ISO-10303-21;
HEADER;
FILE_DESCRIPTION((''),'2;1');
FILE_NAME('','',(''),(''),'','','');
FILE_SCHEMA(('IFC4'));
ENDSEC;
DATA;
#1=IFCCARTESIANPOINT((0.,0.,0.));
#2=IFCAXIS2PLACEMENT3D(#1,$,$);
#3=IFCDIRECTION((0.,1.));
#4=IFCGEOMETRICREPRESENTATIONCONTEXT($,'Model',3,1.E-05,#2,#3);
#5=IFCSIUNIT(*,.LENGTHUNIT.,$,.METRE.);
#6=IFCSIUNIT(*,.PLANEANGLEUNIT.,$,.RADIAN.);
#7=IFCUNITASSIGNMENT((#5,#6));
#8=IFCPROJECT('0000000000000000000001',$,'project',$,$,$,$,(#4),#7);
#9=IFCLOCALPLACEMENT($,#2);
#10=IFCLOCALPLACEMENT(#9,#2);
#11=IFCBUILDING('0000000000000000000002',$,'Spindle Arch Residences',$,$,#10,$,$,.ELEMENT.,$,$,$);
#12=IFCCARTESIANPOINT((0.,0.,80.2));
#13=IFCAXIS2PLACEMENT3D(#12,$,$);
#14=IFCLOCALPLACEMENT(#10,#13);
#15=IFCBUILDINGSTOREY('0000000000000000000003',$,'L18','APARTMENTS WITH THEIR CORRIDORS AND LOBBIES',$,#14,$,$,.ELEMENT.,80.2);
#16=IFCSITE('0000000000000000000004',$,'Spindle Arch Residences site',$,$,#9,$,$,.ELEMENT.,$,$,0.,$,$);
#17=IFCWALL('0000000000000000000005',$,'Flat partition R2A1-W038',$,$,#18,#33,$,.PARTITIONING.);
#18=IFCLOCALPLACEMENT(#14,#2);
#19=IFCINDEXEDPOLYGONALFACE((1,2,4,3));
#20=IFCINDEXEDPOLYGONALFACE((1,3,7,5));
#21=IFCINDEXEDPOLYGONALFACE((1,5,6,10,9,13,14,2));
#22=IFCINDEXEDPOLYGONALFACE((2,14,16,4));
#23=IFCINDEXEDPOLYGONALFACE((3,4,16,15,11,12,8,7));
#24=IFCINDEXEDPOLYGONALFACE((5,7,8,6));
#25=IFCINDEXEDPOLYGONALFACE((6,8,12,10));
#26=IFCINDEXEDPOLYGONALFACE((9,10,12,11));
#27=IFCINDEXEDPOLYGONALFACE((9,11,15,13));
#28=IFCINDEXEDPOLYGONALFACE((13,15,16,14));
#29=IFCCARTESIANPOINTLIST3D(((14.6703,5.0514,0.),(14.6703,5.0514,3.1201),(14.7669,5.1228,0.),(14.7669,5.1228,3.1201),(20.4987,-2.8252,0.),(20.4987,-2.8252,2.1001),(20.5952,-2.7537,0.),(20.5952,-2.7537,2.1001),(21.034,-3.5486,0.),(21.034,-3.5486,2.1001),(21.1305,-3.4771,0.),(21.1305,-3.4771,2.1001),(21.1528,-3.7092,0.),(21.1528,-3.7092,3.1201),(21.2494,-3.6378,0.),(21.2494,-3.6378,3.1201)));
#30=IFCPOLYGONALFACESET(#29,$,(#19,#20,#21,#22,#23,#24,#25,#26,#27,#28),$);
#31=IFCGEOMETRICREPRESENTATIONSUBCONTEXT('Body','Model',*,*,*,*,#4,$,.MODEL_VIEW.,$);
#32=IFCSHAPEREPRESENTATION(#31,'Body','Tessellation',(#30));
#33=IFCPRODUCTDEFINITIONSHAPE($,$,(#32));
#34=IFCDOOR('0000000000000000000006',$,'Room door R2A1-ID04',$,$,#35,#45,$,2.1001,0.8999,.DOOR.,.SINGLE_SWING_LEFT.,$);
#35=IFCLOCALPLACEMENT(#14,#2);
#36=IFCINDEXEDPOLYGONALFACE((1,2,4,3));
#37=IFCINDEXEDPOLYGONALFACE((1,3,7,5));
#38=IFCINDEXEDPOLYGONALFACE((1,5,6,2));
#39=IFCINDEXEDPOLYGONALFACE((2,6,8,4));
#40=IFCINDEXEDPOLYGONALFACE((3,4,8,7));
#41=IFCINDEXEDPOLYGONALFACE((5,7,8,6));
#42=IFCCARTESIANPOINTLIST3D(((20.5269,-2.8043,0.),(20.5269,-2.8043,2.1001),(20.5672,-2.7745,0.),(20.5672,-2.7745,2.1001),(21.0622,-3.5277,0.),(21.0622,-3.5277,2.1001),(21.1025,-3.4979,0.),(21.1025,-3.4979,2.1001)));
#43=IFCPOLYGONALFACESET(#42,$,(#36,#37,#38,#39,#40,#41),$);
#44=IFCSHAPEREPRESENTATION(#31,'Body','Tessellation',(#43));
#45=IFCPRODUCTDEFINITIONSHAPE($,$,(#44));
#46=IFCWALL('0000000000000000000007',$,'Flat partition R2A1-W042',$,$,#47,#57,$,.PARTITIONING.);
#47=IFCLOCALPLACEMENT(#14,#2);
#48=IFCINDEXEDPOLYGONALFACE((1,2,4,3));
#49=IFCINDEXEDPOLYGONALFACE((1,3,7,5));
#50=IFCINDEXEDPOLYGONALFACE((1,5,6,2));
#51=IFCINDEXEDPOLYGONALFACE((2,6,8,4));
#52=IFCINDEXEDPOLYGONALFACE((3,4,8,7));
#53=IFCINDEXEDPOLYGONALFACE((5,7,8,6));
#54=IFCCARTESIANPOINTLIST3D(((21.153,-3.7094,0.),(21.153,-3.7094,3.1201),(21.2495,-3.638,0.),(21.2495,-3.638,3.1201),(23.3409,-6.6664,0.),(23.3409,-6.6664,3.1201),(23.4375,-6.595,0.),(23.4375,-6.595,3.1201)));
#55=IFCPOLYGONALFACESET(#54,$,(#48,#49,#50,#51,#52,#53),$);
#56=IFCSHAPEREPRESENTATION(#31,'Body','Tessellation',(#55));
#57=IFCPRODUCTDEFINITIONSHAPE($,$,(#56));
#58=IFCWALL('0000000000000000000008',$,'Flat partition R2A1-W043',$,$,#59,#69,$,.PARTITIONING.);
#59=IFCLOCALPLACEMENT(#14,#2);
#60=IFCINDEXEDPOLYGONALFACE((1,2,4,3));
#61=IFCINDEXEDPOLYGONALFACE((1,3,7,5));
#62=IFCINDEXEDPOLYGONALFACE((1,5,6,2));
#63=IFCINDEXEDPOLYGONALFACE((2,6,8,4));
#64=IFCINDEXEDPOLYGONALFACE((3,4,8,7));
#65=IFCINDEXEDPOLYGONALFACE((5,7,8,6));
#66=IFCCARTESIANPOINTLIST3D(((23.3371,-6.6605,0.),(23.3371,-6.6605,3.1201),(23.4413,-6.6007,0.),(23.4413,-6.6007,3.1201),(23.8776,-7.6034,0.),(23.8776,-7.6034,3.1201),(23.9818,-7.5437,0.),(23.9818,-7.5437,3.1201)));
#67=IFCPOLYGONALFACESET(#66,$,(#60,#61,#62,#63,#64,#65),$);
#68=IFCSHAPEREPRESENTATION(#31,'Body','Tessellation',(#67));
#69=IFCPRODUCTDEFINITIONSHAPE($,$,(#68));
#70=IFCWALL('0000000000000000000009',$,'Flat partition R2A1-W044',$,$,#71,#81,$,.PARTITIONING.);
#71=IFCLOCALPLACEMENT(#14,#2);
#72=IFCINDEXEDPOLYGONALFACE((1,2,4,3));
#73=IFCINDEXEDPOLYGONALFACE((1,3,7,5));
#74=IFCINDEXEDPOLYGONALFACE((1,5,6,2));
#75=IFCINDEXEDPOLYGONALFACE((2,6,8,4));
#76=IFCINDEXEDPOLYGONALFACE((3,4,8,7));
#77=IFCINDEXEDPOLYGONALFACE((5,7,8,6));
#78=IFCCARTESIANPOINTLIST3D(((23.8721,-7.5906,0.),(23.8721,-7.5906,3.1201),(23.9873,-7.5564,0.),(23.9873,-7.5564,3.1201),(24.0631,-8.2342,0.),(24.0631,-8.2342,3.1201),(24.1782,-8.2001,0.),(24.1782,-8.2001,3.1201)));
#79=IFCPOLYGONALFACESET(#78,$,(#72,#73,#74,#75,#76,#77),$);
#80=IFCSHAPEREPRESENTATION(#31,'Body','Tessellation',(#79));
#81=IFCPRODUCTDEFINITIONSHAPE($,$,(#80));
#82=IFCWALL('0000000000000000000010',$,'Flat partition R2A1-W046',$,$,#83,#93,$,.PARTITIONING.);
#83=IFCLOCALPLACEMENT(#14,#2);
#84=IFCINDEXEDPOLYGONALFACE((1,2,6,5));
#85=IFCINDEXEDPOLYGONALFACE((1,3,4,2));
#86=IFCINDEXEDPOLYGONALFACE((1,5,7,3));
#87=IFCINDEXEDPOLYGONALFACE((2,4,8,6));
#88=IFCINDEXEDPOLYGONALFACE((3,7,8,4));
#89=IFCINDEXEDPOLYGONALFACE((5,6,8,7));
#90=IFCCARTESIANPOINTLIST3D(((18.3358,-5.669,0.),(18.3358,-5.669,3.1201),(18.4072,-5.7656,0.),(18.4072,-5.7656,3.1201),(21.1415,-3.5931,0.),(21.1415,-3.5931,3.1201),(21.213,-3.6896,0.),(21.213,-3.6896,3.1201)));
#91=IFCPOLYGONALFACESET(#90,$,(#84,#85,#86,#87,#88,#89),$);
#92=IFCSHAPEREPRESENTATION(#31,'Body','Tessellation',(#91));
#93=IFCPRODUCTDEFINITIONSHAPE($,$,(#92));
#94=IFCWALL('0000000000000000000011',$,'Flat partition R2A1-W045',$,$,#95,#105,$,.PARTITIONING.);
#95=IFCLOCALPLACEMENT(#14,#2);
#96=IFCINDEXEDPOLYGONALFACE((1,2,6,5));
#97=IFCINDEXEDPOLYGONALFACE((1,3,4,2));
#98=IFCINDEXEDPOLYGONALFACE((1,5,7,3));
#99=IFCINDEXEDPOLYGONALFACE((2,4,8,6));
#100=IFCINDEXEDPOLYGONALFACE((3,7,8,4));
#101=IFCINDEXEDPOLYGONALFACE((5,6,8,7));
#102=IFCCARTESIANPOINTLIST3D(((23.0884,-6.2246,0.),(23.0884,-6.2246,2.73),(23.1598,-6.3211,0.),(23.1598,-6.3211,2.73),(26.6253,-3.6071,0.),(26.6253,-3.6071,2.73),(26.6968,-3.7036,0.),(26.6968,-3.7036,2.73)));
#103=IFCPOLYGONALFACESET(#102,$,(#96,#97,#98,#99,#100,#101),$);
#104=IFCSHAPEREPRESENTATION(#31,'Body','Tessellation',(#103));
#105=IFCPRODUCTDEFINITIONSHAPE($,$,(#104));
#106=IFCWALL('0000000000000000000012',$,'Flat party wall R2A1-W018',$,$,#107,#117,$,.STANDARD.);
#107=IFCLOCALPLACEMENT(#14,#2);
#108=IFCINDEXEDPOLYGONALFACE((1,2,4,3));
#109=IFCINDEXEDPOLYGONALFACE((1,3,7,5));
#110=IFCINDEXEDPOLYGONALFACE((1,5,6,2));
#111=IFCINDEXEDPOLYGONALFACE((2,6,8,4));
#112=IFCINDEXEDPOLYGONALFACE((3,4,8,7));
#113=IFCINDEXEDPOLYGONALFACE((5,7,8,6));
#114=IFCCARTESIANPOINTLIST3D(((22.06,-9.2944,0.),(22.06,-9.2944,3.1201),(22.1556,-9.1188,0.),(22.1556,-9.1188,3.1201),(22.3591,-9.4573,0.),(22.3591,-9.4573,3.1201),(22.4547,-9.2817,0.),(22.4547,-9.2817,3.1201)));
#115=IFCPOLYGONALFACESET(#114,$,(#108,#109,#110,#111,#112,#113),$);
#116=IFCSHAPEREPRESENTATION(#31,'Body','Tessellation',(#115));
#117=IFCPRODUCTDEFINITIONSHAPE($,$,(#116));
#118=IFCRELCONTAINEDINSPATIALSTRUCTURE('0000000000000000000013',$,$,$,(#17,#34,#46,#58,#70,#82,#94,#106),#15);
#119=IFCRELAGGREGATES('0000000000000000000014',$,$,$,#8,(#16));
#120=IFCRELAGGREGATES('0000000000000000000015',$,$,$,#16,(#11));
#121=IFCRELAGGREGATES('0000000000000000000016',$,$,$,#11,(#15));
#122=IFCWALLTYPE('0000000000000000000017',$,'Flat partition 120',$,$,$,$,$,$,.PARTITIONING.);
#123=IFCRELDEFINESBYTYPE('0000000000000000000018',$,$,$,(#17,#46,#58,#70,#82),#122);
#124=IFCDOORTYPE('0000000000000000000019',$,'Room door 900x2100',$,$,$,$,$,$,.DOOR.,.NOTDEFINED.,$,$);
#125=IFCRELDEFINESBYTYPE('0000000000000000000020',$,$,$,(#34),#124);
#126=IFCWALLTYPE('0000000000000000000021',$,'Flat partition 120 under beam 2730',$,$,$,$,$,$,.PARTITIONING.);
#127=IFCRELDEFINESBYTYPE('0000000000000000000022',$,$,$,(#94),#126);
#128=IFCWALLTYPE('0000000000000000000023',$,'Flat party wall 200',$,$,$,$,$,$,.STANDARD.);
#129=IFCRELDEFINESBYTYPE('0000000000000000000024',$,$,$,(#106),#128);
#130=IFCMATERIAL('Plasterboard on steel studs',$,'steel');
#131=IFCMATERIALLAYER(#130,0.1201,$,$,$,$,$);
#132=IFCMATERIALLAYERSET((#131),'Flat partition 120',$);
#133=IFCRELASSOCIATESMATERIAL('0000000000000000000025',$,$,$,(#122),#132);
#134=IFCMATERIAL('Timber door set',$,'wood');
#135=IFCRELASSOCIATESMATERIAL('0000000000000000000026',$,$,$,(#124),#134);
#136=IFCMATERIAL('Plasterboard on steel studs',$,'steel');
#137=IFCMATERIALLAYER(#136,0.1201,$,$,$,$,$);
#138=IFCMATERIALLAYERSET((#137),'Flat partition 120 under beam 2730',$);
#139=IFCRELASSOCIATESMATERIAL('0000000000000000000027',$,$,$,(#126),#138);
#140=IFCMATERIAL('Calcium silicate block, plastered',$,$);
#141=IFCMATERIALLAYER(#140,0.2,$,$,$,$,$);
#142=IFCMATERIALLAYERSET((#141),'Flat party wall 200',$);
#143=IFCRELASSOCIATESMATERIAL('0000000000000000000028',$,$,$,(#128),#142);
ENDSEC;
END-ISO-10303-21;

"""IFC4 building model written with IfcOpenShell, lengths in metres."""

from ifc_helpers import new_model, si_unit, direction, frame, frame_2d, origin, place, context, subcontext, project, spatial, rectangle, extrude, material, layer, layer_set, type_object, element, fill, save


model = new_model("IFC4")

# Units and contexts
model_context = context("Model", 3, precision=1e-05, world=origin(), true_north=direction((0.0, 1.0)))
body_context = subcontext(model_context, "Body", "Model", "MODEL_VIEW")
ifc_project = project(units=[si_unit("LENGTHUNIT", "METRE"), si_unit("PLANEANGLEUNIT", "RADIAN")], contexts=[model_context])

# Site, building, storey
site_placement = place(None, origin())
site = spatial("IfcSite", under=ifc_project, at=site_placement, Name="Spindle Arch Residences site", CompositionType="ELEMENT", RefElevation=0.0)
building_placement = place(site_placement, origin())
building = spatial("IfcBuilding", under=site, at=building_placement, Name="Spindle Arch Residences", CompositionType="ELEMENT")
storey_placement = place(building_placement, frame((0.0, 0.0, 80.2)))
storey = spatial("IfcBuildingStorey", under=building, at=storey_placement, Name="L18", Description="APARTMENTS WITH THEIR CORRIDORS AND LOBBIES", CompositionType="ELEMENT", Elevation=80.2)

# Shared definitions
ifc_material_1 = material(Name="Plasterboard on steel studs", Category="steel")
ifc_layer_1 = layer(ifc_material_1, 0.1201)
ifc_layer_set_1 = layer_set([ifc_layer_1], Name="Flat partition 120")
wall_type_1 = type_object("IfcWallType", Name="Flat partition 120", PredefinedType="PARTITIONING", material=ifc_layer_set_1)
ifc_material_2 = material(Name="Timber door set", Category="wood")
door_type_1 = type_object("IfcDoorType", Name="Room door 900x2100", OperationType="NOTDEFINED", PredefinedType="DOOR", material=ifc_material_2)

# Wall, opening, door
wall_1_placement = place(storey_placement, frame((21.2012, -3.6736, 0.0), z_axis=(0.0, 0.0, 1.0), x_axis=(-0.594822, 0.803857, 0.0)))
wall_1 = element("IfcWall", 1, at=wall_1_placement, inside=storey, type_object=wall_type_1, Name="Flat partition R2A1-W038", PredefinedType="PARTITIONING", context=body_context, shape_type="SweptSolid", body=[
    extrude(rectangle(XDim=10.8982, YDim=0.1201, at=frame_2d((5.4492, 0.0))), origin(), (0.0, 0.0, 1.0), 3.1201),
])
opening_1_placement = place(wall_1_placement, frame((0.2, 0.0, 0.0)))
opening_1 = element("IfcOpeningElement", 2, at=opening_1_placement, cuts=wall_1, PredefinedType="OPENING", context=body_context, shape_type="SweptSolid", body=[
    extrude(rectangle(XDim=0.8999, YDim=2.1001, at=frame_2d((0.45, 1.05))), frame((0.0, 0.0701, 0.0), z_axis=(0.0, -1.0, 0.0), x_axis=(1.0, 0.0, 0.0)), (0.0, 0.0, 1.0), 0.1401),
])
door_1_placement = place(opening_1_placement, origin())
door_1 = element("IfcDoor", 3, at=door_1_placement, inside=storey, type_object=door_type_1, Name="Room door R2A1-ID04", OperationType="SINGLE_SWING_LEFT", OverallHeight=2.1001, OverallWidth=0.8999, PredefinedType="DOOR", context=body_context, shape_type="SweptSolid", body=[
    extrude(rectangle(XDim=0.8999, YDim=2.1001, at=frame_2d((0.45, 1.05))), frame((0.0, 0.0249, 0.0), z_axis=(0.0, -1.0, 0.0), x_axis=(1.0, 0.0, 0.0)), (0.0, 0.0, 1.0), 0.05),
])
fill(opening_1, door_1)

# Walls
wall_2_placement = place(storey_placement, frame((21.2012, -3.6736, 0.0), z_axis=(0.0, 0.0, 1.0), x_axis=(0.594805, -0.80387, 0.0)))
element("IfcWall", 4, at=wall_2_placement, inside=storey, type_object=wall_type_1, Name="Flat partition R2A1-W042", PredefinedType="PARTITIONING", context=body_context, shape_type="SweptSolid", body=[
    extrude(rectangle(XDim=3.6785, YDim=0.1201, at=frame_2d((1.8394, 0.0))), origin(), (0.0, 0.0, 1.0), 3.1201),
])
wall_3_placement = place(storey_placement, frame((23.3892, -6.6306, 0.0), z_axis=(0.0, 0.0, 1.0), x_axis=(0.497348, -0.867551, 0.0)))
element("IfcWall", 5, at=wall_3_placement, inside=storey, type_object=wall_type_1, Name="Flat partition R2A1-W043", PredefinedType="PARTITIONING", context=body_context, shape_type="SweptSolid", body=[
    extrude(rectangle(XDim=1.0869, YDim=0.1201, at=frame_2d((0.5435, 0.0))), origin(), (0.0, 0.0, 1.0), 3.1201),
])
wall_4_placement = place(storey_placement, frame((23.9297, -7.5735, 0.0), z_axis=(0.0, 0.0, 1.0), x_axis=(0.28441, -0.958703, 0.0)))
element("IfcWall", 6, at=wall_4_placement, inside=storey, type_object=wall_type_1, Name="Flat partition R2A1-W044", PredefinedType="PARTITIONING", context=body_context, shape_type="SweptSolid", body=[
    extrude(rectangle(XDim=0.6714, YDim=0.1201, at=frame_2d((0.3357, 0.0))), origin(), (0.0, 0.0, 1.0), 3.1201),
])
wall_5_placement = place(storey_placement, frame((21.1772, -3.6414, 0.0), z_axis=(0.0, 0.0, 1.0), x_axis=(-0.803878, -0.594794, 0.0)))
element("IfcWall", 7, at=wall_5_placement, inside=storey, type_object=wall_type_1, Name="Flat partition R2A1-W046", PredefinedType="PARTITIONING", context=body_context, shape_type="SweptSolid", body=[
    extrude(rectangle(XDim=3.4902, YDim=0.1201, at=frame_2d((1.7451, 0.0))), origin(), (0.0, 0.0, 1.0), 3.1201),
])
ifc_material_3 = material(Name="Plasterboard on steel studs", Category="steel")
ifc_layer_2 = layer(ifc_material_3, 0.1201)
ifc_layer_set_2 = layer_set([ifc_layer_2], Name="Flat partition 120 under beam 2730")
wall_type_2 = type_object("IfcWallType", Name="Flat partition 120 under beam 2730", PredefinedType="PARTITIONING", material=ifc_layer_set_2)
wall_6_placement = place(storey_placement, frame((26.6611, -3.6553, 0.0), z_axis=(0.0, 0.0, 1.0), x_axis=(-0.803825, -0.594865, 0.0)))
element("IfcWall", 8, at=wall_6_placement, inside=storey, type_object=wall_type_2, Name="Flat partition R2A1-W045", PredefinedType="PARTITIONING", context=body_context, shape_type="SweptSolid", body=[
    extrude(rectangle(XDim=4.4001, YDim=0.1201, at=frame_2d((2.2002, 0.0))), origin(), (0.0, 0.0, 1.0), 2.73),
])
ifc_material_4 = material(Name="Calcium silicate block, plastered")
ifc_layer_3 = layer(ifc_material_4, 0.2)
ifc_layer_set_3 = layer_set([ifc_layer_3], Name="Flat party wall 200")
wall_type_3 = type_object("IfcWallType", Name="Flat party wall 200", PredefinedType="STANDARD", material=ifc_layer_set_3)
wall_7_placement = place(storey_placement, frame((22.1077, -9.2065, 0.0), z_axis=(0.0, 0.0, 1.0), x_axis=(0.878252, -0.478199, 0.0)))
element("IfcWall", 9, at=wall_7_placement, inside=storey, type_object=wall_type_3, Name="Flat party wall R2A1-W018", PredefinedType="STANDARD", context=body_context, shape_type="SweptSolid", body=[
    extrude(rectangle(XDim=0.3406, YDim=0.2, at=frame_2d((0.1704, 0.0))), origin(), (0.0, 0.0, 1.0), 3.1201),
])

save(model, "model.ifc")
